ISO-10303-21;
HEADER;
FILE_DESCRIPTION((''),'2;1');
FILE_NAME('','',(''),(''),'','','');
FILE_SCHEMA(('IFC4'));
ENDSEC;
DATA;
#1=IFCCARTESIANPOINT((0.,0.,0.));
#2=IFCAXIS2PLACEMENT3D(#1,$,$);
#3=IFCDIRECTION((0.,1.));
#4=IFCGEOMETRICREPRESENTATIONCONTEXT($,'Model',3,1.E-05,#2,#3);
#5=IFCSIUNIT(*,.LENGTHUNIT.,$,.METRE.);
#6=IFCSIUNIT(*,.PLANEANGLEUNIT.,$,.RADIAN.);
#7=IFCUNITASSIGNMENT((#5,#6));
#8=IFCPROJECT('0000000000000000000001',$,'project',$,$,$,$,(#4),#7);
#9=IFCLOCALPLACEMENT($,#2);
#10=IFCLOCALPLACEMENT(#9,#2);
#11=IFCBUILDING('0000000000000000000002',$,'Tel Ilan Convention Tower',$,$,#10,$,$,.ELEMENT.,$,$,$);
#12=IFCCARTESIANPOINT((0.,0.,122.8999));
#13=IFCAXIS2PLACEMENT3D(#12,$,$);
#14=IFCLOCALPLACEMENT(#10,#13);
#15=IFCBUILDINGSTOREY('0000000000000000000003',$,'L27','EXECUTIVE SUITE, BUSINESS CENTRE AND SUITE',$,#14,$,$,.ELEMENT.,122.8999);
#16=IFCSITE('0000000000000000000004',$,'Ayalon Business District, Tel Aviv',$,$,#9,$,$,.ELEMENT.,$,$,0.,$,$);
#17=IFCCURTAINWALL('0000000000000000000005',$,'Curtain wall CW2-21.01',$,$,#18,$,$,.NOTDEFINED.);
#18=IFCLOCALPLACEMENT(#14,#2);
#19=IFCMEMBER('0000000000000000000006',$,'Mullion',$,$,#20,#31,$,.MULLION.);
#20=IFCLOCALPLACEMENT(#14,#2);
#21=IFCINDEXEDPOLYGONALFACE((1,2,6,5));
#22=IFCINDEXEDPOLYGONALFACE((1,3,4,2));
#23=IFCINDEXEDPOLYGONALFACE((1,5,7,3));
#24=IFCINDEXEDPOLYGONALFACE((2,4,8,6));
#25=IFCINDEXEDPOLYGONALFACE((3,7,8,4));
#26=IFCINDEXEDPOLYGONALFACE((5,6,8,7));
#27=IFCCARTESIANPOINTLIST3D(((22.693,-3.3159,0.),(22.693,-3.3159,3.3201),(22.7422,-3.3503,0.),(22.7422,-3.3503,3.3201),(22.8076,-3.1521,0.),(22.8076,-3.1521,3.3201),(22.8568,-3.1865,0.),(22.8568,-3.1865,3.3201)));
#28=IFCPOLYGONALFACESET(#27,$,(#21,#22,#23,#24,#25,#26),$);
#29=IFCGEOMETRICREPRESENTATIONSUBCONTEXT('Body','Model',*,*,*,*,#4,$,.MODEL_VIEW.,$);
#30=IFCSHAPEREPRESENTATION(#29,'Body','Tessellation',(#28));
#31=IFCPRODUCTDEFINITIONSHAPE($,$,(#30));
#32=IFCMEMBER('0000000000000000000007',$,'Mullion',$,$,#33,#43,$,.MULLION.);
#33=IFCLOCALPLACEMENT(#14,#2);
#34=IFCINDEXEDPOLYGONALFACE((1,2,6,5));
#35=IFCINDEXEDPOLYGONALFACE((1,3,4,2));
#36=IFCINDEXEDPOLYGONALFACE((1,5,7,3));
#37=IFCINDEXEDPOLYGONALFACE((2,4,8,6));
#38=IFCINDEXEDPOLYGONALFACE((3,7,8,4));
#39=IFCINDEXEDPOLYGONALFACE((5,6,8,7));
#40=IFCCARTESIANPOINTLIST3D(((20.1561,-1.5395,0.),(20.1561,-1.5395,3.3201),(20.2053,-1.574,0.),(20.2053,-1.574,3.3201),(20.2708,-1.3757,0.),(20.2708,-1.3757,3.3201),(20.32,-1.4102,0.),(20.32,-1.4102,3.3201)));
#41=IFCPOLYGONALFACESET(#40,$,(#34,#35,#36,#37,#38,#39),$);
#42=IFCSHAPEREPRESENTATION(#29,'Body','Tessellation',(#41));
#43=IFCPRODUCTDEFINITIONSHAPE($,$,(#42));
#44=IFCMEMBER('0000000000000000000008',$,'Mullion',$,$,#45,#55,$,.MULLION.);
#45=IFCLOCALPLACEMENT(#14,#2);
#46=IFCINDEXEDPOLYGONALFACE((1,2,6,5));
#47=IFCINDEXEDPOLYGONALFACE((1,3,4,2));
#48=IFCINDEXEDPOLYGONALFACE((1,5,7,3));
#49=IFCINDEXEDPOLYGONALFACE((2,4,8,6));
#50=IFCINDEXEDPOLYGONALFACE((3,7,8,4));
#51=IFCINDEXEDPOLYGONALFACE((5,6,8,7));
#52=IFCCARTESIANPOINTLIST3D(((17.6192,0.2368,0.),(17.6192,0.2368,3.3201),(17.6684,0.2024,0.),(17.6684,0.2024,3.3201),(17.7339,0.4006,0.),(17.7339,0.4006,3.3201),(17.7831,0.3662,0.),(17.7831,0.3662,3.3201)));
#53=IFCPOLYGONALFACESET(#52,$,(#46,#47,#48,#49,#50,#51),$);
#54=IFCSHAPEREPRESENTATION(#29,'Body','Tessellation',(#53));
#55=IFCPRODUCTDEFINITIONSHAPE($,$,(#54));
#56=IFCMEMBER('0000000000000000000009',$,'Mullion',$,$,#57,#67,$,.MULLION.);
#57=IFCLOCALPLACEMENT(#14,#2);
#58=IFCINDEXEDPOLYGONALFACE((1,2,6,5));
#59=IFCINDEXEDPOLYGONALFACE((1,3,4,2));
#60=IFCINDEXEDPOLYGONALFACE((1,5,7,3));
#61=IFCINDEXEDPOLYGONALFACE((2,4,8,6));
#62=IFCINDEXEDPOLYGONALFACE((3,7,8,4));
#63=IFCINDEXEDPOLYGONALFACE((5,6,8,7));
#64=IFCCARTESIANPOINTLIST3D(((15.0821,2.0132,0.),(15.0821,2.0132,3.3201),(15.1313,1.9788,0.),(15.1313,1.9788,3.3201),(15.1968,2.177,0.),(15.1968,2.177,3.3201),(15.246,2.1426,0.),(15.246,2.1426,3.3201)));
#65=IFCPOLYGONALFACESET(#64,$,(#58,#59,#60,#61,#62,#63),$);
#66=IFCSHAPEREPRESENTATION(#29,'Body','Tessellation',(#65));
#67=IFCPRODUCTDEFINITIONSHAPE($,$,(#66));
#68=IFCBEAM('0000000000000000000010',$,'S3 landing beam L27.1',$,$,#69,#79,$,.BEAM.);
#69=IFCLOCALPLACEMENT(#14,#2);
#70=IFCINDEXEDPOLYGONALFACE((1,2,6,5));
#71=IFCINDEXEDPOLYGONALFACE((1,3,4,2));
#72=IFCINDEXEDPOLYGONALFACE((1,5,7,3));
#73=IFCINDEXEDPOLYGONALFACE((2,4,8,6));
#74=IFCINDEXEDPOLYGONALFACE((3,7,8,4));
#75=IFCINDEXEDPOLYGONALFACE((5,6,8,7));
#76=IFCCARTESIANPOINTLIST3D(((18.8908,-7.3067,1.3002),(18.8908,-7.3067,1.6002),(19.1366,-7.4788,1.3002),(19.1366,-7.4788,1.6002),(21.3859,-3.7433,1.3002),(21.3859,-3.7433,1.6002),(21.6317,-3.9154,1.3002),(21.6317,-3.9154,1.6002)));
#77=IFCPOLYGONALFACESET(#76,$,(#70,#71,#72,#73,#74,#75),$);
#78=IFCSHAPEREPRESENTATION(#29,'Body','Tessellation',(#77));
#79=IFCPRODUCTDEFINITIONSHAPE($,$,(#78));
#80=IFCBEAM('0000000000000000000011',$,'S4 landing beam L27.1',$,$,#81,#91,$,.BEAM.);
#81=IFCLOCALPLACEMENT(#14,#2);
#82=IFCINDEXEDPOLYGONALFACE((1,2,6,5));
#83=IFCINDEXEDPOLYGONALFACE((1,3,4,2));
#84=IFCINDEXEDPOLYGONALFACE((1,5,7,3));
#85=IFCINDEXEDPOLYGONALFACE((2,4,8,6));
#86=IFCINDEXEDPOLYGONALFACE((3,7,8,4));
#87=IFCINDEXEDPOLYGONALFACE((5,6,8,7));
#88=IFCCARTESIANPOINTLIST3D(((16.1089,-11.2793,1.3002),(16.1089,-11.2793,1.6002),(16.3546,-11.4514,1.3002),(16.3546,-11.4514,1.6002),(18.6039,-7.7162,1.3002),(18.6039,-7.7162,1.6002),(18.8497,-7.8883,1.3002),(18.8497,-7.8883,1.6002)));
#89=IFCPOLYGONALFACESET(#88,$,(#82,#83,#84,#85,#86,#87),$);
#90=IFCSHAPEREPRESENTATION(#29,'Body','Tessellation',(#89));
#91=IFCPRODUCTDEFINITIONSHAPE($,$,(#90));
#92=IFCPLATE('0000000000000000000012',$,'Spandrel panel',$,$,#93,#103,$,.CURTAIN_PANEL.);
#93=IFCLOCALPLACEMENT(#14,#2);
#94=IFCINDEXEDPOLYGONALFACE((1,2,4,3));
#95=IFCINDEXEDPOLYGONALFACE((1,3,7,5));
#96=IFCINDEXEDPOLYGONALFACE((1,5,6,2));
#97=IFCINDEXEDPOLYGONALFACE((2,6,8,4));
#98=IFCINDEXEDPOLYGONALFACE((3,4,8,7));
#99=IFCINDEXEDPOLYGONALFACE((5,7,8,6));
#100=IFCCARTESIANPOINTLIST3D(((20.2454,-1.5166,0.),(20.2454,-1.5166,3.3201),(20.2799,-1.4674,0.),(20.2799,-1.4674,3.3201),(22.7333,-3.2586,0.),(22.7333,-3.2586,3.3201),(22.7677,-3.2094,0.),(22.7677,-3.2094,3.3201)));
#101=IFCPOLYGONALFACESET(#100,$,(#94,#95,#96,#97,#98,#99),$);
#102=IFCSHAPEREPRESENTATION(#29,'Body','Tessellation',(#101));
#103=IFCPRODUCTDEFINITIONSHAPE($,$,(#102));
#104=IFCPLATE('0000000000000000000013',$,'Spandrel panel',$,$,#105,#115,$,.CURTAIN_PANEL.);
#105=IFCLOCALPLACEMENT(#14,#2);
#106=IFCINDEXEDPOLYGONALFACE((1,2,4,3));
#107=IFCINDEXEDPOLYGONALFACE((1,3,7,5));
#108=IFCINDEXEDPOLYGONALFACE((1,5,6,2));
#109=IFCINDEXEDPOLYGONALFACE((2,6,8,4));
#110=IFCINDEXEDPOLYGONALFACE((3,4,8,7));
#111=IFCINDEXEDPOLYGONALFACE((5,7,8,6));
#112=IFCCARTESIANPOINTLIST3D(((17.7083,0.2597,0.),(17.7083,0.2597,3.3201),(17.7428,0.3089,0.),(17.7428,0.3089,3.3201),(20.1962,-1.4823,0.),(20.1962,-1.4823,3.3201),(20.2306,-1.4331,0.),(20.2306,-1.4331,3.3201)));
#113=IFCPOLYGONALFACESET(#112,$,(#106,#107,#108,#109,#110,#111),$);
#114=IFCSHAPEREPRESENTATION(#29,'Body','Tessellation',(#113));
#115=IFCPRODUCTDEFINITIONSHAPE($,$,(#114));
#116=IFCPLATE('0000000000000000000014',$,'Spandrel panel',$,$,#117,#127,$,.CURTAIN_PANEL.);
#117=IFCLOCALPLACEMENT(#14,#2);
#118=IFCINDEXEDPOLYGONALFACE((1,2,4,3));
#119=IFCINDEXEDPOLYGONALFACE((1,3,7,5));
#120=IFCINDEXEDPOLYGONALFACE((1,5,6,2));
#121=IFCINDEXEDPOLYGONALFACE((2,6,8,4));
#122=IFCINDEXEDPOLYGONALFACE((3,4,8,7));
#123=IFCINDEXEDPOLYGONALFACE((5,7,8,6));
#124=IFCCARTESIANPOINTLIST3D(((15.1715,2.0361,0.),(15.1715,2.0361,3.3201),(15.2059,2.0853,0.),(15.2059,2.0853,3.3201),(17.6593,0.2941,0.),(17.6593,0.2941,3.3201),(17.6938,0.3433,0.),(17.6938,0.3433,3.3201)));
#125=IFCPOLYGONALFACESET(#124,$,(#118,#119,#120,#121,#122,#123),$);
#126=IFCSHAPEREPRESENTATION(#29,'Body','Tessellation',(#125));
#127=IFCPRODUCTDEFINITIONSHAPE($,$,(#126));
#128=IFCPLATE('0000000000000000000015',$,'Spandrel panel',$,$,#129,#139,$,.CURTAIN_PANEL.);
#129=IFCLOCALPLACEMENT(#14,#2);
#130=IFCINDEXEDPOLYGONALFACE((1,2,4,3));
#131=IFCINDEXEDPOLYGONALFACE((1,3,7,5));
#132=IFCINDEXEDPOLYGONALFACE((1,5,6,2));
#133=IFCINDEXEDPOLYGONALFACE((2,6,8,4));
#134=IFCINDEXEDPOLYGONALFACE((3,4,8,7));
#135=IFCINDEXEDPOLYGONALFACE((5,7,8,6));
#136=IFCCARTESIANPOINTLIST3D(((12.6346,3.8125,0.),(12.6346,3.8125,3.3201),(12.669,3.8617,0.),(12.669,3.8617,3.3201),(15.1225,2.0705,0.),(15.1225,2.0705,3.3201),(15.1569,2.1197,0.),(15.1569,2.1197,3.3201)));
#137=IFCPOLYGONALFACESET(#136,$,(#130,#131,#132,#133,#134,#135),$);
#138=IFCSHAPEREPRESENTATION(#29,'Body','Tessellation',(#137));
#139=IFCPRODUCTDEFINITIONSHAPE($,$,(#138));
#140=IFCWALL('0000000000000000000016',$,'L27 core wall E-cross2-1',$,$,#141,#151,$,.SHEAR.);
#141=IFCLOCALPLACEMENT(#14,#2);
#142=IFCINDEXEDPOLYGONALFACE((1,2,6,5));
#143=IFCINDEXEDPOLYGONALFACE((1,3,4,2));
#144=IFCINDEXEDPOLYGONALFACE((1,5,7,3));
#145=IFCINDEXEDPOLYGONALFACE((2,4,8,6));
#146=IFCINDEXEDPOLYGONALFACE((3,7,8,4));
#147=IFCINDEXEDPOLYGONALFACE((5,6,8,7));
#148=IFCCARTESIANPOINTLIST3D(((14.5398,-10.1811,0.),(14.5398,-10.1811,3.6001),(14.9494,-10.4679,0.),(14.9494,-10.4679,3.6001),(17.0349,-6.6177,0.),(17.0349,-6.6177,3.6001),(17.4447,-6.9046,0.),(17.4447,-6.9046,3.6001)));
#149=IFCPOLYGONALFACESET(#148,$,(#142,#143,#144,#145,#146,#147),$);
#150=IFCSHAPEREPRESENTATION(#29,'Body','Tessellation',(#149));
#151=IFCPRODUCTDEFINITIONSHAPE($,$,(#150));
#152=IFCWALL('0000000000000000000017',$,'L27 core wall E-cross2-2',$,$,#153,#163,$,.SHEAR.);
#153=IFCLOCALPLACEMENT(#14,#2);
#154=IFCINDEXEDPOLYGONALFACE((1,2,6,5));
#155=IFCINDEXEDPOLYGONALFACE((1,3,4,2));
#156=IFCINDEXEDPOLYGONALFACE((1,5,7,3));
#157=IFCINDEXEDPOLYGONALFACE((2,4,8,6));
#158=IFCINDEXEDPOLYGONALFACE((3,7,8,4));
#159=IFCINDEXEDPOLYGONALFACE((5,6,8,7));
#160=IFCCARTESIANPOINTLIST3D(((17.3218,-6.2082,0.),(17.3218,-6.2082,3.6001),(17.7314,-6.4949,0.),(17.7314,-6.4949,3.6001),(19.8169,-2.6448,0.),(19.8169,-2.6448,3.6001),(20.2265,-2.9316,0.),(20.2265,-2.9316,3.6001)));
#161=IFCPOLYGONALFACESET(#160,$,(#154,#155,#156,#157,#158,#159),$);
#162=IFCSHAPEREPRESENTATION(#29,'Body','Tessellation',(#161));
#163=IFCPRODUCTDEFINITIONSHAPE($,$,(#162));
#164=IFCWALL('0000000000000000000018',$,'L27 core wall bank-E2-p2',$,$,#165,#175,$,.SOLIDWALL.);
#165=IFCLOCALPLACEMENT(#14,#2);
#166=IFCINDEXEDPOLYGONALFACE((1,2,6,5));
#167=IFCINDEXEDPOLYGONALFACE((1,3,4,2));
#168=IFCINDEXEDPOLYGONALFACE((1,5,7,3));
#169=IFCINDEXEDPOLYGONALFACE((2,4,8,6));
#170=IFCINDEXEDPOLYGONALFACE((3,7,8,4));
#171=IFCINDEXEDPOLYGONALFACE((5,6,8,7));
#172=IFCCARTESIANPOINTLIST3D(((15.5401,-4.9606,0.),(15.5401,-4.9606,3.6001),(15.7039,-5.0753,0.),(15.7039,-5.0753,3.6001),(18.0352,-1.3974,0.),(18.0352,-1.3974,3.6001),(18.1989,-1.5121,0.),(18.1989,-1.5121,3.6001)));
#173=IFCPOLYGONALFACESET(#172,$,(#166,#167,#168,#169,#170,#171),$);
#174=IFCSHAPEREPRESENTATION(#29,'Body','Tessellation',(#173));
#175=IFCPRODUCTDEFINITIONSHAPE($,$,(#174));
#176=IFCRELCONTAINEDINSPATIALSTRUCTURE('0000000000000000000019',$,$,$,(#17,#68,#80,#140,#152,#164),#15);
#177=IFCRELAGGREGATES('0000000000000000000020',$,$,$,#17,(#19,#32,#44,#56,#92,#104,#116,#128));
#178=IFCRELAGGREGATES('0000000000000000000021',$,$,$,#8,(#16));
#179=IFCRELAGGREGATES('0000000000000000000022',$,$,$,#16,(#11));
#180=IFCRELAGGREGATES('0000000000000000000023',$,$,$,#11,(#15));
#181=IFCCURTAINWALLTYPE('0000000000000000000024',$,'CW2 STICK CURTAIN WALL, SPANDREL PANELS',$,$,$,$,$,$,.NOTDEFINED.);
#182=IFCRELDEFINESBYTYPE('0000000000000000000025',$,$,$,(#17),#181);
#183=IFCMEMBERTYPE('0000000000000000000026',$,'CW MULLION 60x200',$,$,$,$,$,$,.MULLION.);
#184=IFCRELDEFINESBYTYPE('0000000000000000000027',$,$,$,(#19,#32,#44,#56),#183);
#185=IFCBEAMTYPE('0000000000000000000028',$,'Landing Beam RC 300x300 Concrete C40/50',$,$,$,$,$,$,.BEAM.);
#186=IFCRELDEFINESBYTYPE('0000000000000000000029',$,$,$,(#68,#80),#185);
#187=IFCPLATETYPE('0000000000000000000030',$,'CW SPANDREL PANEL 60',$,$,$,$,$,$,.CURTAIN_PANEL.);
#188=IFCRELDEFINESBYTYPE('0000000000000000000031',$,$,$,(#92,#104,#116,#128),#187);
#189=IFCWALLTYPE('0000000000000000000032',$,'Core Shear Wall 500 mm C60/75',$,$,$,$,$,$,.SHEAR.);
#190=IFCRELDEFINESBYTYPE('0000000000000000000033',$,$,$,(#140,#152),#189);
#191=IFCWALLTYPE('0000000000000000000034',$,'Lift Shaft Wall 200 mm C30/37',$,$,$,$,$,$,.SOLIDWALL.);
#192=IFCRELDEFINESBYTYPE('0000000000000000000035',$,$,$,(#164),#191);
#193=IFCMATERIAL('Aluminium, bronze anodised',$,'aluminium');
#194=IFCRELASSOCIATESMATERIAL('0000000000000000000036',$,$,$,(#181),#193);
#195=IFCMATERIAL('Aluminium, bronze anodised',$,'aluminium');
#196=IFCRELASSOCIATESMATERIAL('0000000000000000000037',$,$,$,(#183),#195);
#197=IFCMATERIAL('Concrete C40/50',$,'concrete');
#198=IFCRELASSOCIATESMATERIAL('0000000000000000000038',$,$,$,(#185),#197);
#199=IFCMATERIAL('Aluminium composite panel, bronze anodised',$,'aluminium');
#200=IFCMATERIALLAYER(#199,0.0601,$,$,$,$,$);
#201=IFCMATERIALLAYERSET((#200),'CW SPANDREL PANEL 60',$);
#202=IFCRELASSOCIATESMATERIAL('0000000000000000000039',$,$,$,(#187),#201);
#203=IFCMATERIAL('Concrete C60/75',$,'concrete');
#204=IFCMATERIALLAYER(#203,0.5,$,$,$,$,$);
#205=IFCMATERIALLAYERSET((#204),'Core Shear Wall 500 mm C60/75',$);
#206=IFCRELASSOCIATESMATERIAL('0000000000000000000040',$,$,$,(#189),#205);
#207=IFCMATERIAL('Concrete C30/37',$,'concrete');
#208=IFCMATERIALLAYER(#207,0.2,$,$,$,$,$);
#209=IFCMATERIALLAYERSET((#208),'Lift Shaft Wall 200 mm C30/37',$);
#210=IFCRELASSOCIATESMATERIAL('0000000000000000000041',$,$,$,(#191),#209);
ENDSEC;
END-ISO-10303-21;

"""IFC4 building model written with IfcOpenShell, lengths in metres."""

from ifc_helpers import new_model, si_unit, direction, frame, frame_2d, origin, origin_2d, place, context, subcontext, project, spatial, polyline, rectangle, outline, extrude, material, layer, layer_set, material_profile, profile_set, type_object, element, aggregate, save


model = new_model("IFC4")

# Units and contexts
model_context = context("Model", 3, precision=1e-05, world=origin(), true_north=direction((0.0, 1.0)))
body_context = subcontext(model_context, "Body", "Model", "MODEL_VIEW")
ifc_project = project(units=[si_unit("LENGTHUNIT", "METRE"), si_unit("PLANEANGLEUNIT", "RADIAN")], contexts=[model_context])

# Site, building, storey
site_placement = place(None, origin())
site = spatial("IfcSite", under=ifc_project, at=site_placement, Name="Ayalon Business District, Tel Aviv", CompositionType="ELEMENT", RefElevation=0.0)
building_placement = place(site_placement, origin())
building = spatial("IfcBuilding", under=site, at=building_placement, Name="Tel Ilan Convention Tower", CompositionType="ELEMENT")
storey_placement = place(building_placement, frame((0.0, 0.0, 122.8999)))
storey = spatial("IfcBuildingStorey", under=building, at=storey_placement, Name="L27", Description="EXECUTIVE SUITE, BUSINESS CENTRE AND SUITE", CompositionType="ELEMENT", Elevation=122.8999)

# Curtain wall, members
ifc_material_1 = material(Name="Aluminium, bronze anodised", Category="aluminium")
curtain_wall_type = type_object("IfcCurtainWallType", Name="CW2 STICK CURTAIN WALL, SPANDREL PANELS", PredefinedType="NOTDEFINED", material=ifc_material_1)
curtain_wall_placement = place(storey_placement, origin())
curtain_wall = element("IfcCurtainWall", 1, at=curtain_wall_placement, inside=storey, type_object=curtain_wall_type, Name="Curtain wall CW2-21.01", PredefinedType="NOTDEFINED")
ifc_material_2 = material(Name="Aluminium, bronze anodised", Category="aluminium")
ifc_material_profile_1 = material_profile(ifc_material_2, rectangle(XDim=0.0601, YDim=0.2, at=origin_2d()), Name="CW MULLION 60x200")
ifc_profile_set_1 = profile_set([ifc_material_profile_1], Name="Aluminium, bronze anodised")
member_type = type_object("IfcMemberType", Name="CW MULLION 60x200", PredefinedType="MULLION", material=ifc_profile_set_1)
member_1_placement = place(storey_placement, frame((22.7749, -3.2512, 0.0), z_axis=(0.0, 0.0, 1.0), x_axis=(-0.819152, 0.573576, 0.0)))
member_1 = element("IfcMember", 2, at=member_1_placement, type_object=member_type, Name="Mullion", PredefinedType="MULLION", context=body_context, shape_type="SweptSolid", body=[
    extrude(rectangle(XDim=0.0601, YDim=0.2, at=origin_2d()), origin(), (0.0, 0.0, 1.0), 3.3201),
])
member_2_placement = place(storey_placement, frame((20.238, -1.4749, 0.0), z_axis=(0.0, 0.0, 1.0), x_axis=(-0.819152, 0.573576, 0.0)))
member_2 = element("IfcMember", 3, at=member_2_placement, type_object=member_type, Name="Mullion", PredefinedType="MULLION", context=body_context, shape_type="SweptSolid", body=[
    extrude(rectangle(XDim=0.0601, YDim=0.2, at=origin_2d()), origin(), (0.0, 0.0, 1.0), 3.3201),
])
member_3_placement = place(storey_placement, frame((17.7012, 0.3015, 0.0), z_axis=(0.0, 0.0, 1.0), x_axis=(-0.819152, 0.573576, 0.0)))
member_3 = element("IfcMember", 4, at=member_3_placement, type_object=member_type, Name="Mullion", PredefinedType="MULLION", context=body_context, shape_type="SweptSolid", body=[
    extrude(rectangle(XDim=0.0601, YDim=0.2, at=origin_2d()), origin(), (0.0, 0.0, 1.0), 3.3201),
])
member_4_placement = place(storey_placement, frame((15.1641, 2.0779, 0.0), z_axis=(0.0, 0.0, 1.0), x_axis=(-0.819152, 0.573576, 0.0)))
member_4 = element("IfcMember", 5, at=member_4_placement, type_object=member_type, Name="Mullion", PredefinedType="MULLION", context=body_context, shape_type="SweptSolid", body=[
    extrude(rectangle(XDim=0.0601, YDim=0.2, at=origin_2d()), origin(), (0.0, 0.0, 1.0), 3.3201),
])

# Beams
ifc_material_3 = material(Name="Concrete C40/50", Category="concrete")
ifc_material_profile_2 = material_profile(ifc_material_3, rectangle(XDim=0.3, YDim=0.3, at=origin_2d()), Name="RC 300x300")
ifc_profile_set_2 = profile_set([ifc_material_profile_2], Name="Concrete C40/50")
beam_type = type_object("IfcBeamType", Name="Landing Beam RC 300x300 Concrete C40/50", PredefinedType="BEAM", material=ifc_profile_set_2)
beam_1_placement = place(storey_placement, frame((21.5088, -3.8293, 1.4502), z_axis=(-0.573568, -0.819158, 0.0), x_axis=(0.819158, -0.573568, 0.0)))
element("IfcBeam", 6, at=beam_1_placement, inside=storey, type_object=beam_type, Name="S3 landing beam L27.1", PredefinedType="BEAM", context=body_context, shape_type="SweptSolid", body=[
    extrude(rectangle(XDim=0.3, YDim=0.3, at=origin_2d()), origin(), (0.0, 0.0, 1.0), 4.3501),
])
beam_2_placement = place(storey_placement, frame((18.7268, -7.8022, 1.4502), z_axis=(-0.573594, -0.81914, 0.0), x_axis=(0.81914, -0.573594, 0.0)))
element("IfcBeam", 7, at=beam_2_placement, inside=storey, type_object=beam_type, Name="S4 landing beam L27.1", PredefinedType="BEAM", context=body_context, shape_type="SweptSolid", body=[
    extrude(rectangle(XDim=0.3, YDim=0.3, at=origin_2d()), origin(), (0.0, 0.0, 1.0), 4.3499),
])

# Plates
ifc_material_4 = material(Name="Aluminium composite panel, bronze anodised", Category="aluminium")
ifc_layer_1 = layer(ifc_material_4, 0.0601)
ifc_layer_set_1 = layer_set([ifc_layer_1], Name="CW SPANDREL PANEL 60")
plate_type = type_object("IfcPlateType", Name="CW SPANDREL PANEL 60", PredefinedType="CURTAIN_PANEL", material=ifc_layer_set_1)
plate_1_placement = place(storey_placement, frame((21.5066, -2.363, 0.0), z_axis=(0.0, 0.0, 1.0), x_axis=(-0.819152, 0.573576, 0.0)))
plate_1 = element("IfcPlate", 8, at=plate_1_placement, type_object=plate_type, Name="Spandrel panel", PredefinedType="CURTAIN_PANEL", context=body_context, shape_type="SweptSolid", body=[
    extrude(rectangle(XDim=3.0371, YDim=0.0601, at=origin_2d()), origin(), (0.0, 0.0, 1.0), 3.3201),
])
plate_2_placement = place(storey_placement, frame((18.9695, -0.5867, 0.0), z_axis=(0.0, 0.0, 1.0), x_axis=(-0.819152, 0.573576, 0.0)))
plate_2 = element("IfcPlate", 9, at=plate_2_placement, type_object=plate_type, Name="Spandrel panel", PredefinedType="CURTAIN_PANEL", context=body_context, shape_type="SweptSolid", body=[
    extrude(rectangle(XDim=3.0371, YDim=0.0601, at=origin_2d()), origin(), (0.0, 0.0, 1.0), 3.3201),
])
plate_3_placement = place(storey_placement, frame((16.4326, 1.1897, 0.0), z_axis=(0.0, 0.0, 1.0), x_axis=(-0.819152, 0.573576, 0.0)))
plate_3 = element("IfcPlate", 10, at=plate_3_placement, type_object=plate_type, Name="Spandrel panel", PredefinedType="CURTAIN_PANEL", context=body_context, shape_type="SweptSolid", body=[
    extrude(rectangle(XDim=3.0371, YDim=0.0601, at=origin_2d()), origin(), (0.0, 0.0, 1.0), 3.3201),
])
plate_4_placement = place(storey_placement, frame((13.8958, 2.9661, 0.0), z_axis=(0.0, 0.0, 1.0), x_axis=(-0.819152, 0.573576, 0.0)))
plate_4 = element("IfcPlate", 11, at=plate_4_placement, type_object=plate_type, Name="Spandrel panel", PredefinedType="CURTAIN_PANEL", context=body_context, shape_type="SweptSolid", body=[
    extrude(rectangle(XDim=3.0371, YDim=0.0601, at=origin_2d()), origin(), (0.0, 0.0, 1.0), 3.3201),
])
aggregate(curtain_wall, [member_1, member_2, member_3, member_4, plate_1, plate_2, plate_3, plate_4])

# Walls
ifc_material_5 = material(Name="Concrete C60/75", Category="concrete")
ifc_layer_2 = layer(ifc_material_5, 0.5)
ifc_layer_set_2 = layer_set([ifc_layer_2], Name="Core Shear Wall 500 mm C60/75")
wall_type_1 = type_object("IfcWallType", Name="Core Shear Wall 500 mm C60/75", PredefinedType="SHEAR", material=ifc_layer_set_2)
wall_1_placement = place(storey_placement, frame((14.7446, -10.3245, 0.0), z_axis=(0.0, 0.0, 1.0), x_axis=(0.573568, 0.819158, 0.0)))
element("IfcWall", 12, at=wall_1_placement, inside=storey, type_object=wall_type_1, Name="L27 core wall E-cross2-1", PredefinedType="SHEAR", context=body_context, shape_type="SweptSolid", body=[
    extrude(outline(polyline([(0.0, 0.25), (0.0, -0.25), (4.3501, -0.2502), (4.3501, 0.25), (0.0, 0.25)])), origin(), (0.0, 0.0, 1.0), 3.6001),
])
wall_2_placement = place(storey_placement, frame((17.5266, -6.3516, 0.0), z_axis=(0.0, 0.0, 1.0), x_axis=(0.57353, 0.819184, 0.0)))
element("IfcWall", 13, at=wall_2_placement, inside=storey, type_object=wall_type_1, Name="L27 core wall E-cross2-2", PredefinedType="SHEAR", context=body_context, shape_type="SweptSolid", body=[
    extrude(outline(polyline([(4.3501, -0.2502), (4.3501, 0.2498), (0.0, 0.25), (0.0, -0.25), (4.3501, -0.2502)])), origin(), (0.0, 0.0, 1.0), 3.6001),
])
ifc_material_6 = material(Name="Concrete C30/37", Category="concrete")
ifc_layer_3 = layer(ifc_material_6, 0.2)
ifc_layer_set_3 = layer_set([ifc_layer_3], Name="Lift Shaft Wall 200 mm C30/37")
wall_type_2 = type_object("IfcWallType", Name="Lift Shaft Wall 200 mm C30/37", PredefinedType="SOLIDWALL", material=ifc_layer_set_3)
wall_3_placement = place(storey_placement, frame((15.6221, -5.0178, 0.0), z_axis=(0.0, 0.0, 1.0), x_axis=(0.573594, 0.81914, 0.0)))
element("IfcWall", 14, at=wall_3_placement, inside=storey, type_object=wall_type_2, Name="L27 core wall bank-E2-p2", PredefinedType="SOLIDWALL", context=body_context, shape_type="SweptSolid", body=[
    extrude(rectangle(XDim=4.3499, YDim=0.2, at=frame_2d((2.1748, 0.0))), origin(), (0.0, 0.0, 1.0), 3.6001),
])

save(model, "model.ifc")
